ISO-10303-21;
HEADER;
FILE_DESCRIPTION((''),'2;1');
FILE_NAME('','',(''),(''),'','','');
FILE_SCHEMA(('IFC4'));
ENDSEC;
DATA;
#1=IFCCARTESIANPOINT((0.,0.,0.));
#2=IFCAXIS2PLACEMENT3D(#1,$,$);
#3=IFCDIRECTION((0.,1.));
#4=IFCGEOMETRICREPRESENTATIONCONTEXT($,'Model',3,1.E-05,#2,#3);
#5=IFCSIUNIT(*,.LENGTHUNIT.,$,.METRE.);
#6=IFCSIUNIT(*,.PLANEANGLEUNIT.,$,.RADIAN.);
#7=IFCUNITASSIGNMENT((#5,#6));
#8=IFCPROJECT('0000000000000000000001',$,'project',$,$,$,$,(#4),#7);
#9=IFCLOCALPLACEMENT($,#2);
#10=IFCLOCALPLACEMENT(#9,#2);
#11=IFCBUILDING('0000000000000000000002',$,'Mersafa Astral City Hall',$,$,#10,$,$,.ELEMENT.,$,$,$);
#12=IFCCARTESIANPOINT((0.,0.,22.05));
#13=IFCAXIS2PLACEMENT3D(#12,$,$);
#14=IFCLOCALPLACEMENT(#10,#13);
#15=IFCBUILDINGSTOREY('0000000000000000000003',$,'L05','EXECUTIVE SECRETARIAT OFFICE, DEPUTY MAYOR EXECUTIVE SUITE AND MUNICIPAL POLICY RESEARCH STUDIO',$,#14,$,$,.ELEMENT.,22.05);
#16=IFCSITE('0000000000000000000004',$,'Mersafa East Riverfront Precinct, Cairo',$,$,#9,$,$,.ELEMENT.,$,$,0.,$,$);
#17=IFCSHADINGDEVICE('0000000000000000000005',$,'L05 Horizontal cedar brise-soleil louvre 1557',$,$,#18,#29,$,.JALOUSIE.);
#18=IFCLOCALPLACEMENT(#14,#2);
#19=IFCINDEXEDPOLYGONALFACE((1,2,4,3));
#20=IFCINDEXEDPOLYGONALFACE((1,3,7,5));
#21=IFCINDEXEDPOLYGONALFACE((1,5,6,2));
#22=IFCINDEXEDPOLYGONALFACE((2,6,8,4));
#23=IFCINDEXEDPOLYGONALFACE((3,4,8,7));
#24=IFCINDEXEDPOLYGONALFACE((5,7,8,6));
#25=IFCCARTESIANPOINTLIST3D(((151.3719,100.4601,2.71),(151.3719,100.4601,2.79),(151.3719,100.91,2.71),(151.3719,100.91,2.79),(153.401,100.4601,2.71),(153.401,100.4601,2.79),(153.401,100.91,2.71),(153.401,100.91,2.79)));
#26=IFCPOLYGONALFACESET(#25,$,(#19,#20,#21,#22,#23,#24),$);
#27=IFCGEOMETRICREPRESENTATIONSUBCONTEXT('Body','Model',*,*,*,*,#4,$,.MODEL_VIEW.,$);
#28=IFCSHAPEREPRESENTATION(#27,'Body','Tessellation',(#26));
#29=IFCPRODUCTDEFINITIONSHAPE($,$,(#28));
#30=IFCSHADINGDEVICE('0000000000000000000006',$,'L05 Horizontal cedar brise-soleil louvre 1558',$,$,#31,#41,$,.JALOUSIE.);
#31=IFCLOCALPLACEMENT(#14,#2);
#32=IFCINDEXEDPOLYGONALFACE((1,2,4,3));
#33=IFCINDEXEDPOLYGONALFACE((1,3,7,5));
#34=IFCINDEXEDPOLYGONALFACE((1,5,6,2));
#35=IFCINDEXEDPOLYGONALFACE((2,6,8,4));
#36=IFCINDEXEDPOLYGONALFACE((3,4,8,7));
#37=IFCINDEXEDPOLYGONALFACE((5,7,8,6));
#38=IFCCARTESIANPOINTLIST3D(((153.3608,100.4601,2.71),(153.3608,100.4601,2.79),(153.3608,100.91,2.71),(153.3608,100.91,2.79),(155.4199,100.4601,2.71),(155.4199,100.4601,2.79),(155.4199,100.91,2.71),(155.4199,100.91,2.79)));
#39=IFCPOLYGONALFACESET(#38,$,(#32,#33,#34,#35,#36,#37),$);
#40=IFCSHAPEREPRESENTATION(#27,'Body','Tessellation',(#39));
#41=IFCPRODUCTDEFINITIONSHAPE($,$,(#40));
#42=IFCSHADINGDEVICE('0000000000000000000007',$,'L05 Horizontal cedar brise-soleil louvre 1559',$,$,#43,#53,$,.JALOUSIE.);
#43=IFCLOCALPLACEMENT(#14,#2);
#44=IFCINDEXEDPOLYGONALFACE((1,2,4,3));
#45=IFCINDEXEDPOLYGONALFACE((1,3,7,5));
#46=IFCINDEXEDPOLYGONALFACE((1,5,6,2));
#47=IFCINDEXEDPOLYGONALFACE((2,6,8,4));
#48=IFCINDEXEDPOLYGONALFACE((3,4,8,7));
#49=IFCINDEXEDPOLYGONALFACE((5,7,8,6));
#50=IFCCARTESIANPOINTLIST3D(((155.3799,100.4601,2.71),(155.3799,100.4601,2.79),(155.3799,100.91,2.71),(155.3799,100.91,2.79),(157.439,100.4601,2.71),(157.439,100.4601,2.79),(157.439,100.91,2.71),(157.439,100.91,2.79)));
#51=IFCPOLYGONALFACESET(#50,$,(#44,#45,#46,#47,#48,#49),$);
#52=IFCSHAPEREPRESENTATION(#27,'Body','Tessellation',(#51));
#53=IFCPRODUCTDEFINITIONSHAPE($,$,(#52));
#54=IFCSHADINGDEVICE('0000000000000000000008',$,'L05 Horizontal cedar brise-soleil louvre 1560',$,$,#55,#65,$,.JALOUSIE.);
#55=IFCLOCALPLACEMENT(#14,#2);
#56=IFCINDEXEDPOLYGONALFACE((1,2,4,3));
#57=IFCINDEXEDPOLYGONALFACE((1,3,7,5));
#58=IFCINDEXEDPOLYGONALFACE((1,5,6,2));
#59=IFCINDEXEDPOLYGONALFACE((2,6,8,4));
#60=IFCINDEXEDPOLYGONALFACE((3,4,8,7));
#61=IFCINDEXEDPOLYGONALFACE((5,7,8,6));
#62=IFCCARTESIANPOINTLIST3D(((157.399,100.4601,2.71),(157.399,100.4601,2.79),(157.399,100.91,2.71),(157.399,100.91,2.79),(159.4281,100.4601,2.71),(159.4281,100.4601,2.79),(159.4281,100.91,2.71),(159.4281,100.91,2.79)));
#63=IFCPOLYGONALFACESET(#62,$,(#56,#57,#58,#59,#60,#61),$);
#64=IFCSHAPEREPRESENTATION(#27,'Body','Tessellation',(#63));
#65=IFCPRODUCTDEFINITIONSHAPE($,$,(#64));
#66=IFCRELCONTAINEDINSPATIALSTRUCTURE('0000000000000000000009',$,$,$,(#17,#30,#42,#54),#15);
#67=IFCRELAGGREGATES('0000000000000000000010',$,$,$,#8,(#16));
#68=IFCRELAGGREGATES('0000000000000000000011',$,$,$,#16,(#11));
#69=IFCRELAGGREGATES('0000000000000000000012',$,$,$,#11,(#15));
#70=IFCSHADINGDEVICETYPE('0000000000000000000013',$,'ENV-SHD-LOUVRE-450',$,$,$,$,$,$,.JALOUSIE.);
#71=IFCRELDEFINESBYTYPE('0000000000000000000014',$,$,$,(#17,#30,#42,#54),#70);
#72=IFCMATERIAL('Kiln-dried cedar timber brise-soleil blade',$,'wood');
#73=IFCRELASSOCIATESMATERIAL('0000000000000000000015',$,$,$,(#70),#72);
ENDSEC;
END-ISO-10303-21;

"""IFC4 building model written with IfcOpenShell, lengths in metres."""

from ifc_helpers import new_model, si_unit, direction, frame, origin, origin_2d, place, context, subcontext, project, spatial, rectangle, extrude, material, type_object, element, save


model = new_model("IFC4")

# Units and contexts
model_context = context("Model", 3, precision=1e-05, world=origin(), true_north=direction((0.0, 1.0)))
body_context = subcontext(model_context, "Body", "Model", "MODEL_VIEW")
ifc_project = project(units=[si_unit("LENGTHUNIT", "METRE"), si_unit("PLANEANGLEUNIT", "RADIAN")], contexts=[model_context])

# Site, building, storey
site_placement = place(None, origin())
site = spatial("IfcSite", under=ifc_project, at=site_placement, Name="Mersafa East Riverfront Precinct, Cairo", CompositionType="ELEMENT", RefElevation=0.0)
building_placement = place(site_placement, origin())
building = spatial("IfcBuilding", under=site, at=building_placement, Name="Mersafa Astral City Hall", CompositionType="ELEMENT")
storey_placement = place(building_placement, frame((0.0, 0.0, 22.05)))
storey = spatial("IfcBuildingStorey", under=building, at=storey_placement, Name="L05", Description="EXECUTIVE SECRETARIAT OFFICE, DEPUTY MAYOR EXECUTIVE SUITE AND MUNICIPAL POLICY RESEARCH STUDIO", CompositionType="ELEMENT", Elevation=22.05)

# Shading devices
ifc_material_1 = material(Name="Kiln-dried cedar timber brise-soleil blade", Category="wood")
shading_device_type_1 = type_object("IfcShadingDeviceType", Name="ENV-SHD-LOUVRE-450", PredefinedType="JALOUSIE", material=ifc_material_1)
for number, where, z_axis, x_axis, name in (
    (1, (152.3865, 100.6851, 2.71), (0.0, 0.0, 1.0), (1.0, 0.0, 0.0), "L05 Horizontal cedar brise-soleil louvre 1557"),
):
    element("IfcShadingDevice", number, at=place(storey_placement, frame(where, z_axis=z_axis, x_axis=x_axis)), inside=storey, type_object=shading_device_type_1, Name=name, PredefinedType="JALOUSIE", context=body_context, shape_type="SweptSolid", body=[
        extrude(rectangle(XDim=2.0291, YDim=0.45, at=origin_2d()), origin(), (0.0, 0.0, 1.0), 0.0801),
    ])
for number, where, z_axis, x_axis, name in (
    (2, (154.3904, 100.6851, 2.71), (0.0, 0.0, 1.0), (1.0, 0.0, 0.0), "L05 Horizontal cedar brise-soleil louvre 1558"),
    (3, (156.4094, 100.6851, 2.71), (0.0, 0.0, 1.0), (1.0, 0.0, 0.0), "L05 Horizontal cedar brise-soleil louvre 1559"),
):
    element("IfcShadingDevice", number, at=place(storey_placement, frame(where, z_axis=z_axis, x_axis=x_axis)), inside=storey, type_object=shading_device_type_1, Name=name, PredefinedType="JALOUSIE", context=body_context, shape_type="SweptSolid", body=[
        extrude(rectangle(XDim=2.0591, YDim=0.45, at=origin_2d()), origin(), (0.0, 0.0, 1.0), 0.0801),
    ])
shading_device_1_placement = place(storey_placement, frame((158.4136, 100.6851, 2.71), z_axis=(0.0, 0.0, 1.0), x_axis=(1.0, 0.0, 0.0)))
element("IfcShadingDevice", 4, at=shading_device_1_placement, inside=storey, type_object=shading_device_type_1, Name="L05 Horizontal cedar brise-soleil louvre 1560", PredefinedType="JALOUSIE", context=body_context, shape_type="SweptSolid", body=[
    extrude(rectangle(XDim=2.0291, YDim=0.45, at=origin_2d()), origin(), (0.0, 0.0, 1.0), 0.0801),
])

save(model, "model.ifc")
